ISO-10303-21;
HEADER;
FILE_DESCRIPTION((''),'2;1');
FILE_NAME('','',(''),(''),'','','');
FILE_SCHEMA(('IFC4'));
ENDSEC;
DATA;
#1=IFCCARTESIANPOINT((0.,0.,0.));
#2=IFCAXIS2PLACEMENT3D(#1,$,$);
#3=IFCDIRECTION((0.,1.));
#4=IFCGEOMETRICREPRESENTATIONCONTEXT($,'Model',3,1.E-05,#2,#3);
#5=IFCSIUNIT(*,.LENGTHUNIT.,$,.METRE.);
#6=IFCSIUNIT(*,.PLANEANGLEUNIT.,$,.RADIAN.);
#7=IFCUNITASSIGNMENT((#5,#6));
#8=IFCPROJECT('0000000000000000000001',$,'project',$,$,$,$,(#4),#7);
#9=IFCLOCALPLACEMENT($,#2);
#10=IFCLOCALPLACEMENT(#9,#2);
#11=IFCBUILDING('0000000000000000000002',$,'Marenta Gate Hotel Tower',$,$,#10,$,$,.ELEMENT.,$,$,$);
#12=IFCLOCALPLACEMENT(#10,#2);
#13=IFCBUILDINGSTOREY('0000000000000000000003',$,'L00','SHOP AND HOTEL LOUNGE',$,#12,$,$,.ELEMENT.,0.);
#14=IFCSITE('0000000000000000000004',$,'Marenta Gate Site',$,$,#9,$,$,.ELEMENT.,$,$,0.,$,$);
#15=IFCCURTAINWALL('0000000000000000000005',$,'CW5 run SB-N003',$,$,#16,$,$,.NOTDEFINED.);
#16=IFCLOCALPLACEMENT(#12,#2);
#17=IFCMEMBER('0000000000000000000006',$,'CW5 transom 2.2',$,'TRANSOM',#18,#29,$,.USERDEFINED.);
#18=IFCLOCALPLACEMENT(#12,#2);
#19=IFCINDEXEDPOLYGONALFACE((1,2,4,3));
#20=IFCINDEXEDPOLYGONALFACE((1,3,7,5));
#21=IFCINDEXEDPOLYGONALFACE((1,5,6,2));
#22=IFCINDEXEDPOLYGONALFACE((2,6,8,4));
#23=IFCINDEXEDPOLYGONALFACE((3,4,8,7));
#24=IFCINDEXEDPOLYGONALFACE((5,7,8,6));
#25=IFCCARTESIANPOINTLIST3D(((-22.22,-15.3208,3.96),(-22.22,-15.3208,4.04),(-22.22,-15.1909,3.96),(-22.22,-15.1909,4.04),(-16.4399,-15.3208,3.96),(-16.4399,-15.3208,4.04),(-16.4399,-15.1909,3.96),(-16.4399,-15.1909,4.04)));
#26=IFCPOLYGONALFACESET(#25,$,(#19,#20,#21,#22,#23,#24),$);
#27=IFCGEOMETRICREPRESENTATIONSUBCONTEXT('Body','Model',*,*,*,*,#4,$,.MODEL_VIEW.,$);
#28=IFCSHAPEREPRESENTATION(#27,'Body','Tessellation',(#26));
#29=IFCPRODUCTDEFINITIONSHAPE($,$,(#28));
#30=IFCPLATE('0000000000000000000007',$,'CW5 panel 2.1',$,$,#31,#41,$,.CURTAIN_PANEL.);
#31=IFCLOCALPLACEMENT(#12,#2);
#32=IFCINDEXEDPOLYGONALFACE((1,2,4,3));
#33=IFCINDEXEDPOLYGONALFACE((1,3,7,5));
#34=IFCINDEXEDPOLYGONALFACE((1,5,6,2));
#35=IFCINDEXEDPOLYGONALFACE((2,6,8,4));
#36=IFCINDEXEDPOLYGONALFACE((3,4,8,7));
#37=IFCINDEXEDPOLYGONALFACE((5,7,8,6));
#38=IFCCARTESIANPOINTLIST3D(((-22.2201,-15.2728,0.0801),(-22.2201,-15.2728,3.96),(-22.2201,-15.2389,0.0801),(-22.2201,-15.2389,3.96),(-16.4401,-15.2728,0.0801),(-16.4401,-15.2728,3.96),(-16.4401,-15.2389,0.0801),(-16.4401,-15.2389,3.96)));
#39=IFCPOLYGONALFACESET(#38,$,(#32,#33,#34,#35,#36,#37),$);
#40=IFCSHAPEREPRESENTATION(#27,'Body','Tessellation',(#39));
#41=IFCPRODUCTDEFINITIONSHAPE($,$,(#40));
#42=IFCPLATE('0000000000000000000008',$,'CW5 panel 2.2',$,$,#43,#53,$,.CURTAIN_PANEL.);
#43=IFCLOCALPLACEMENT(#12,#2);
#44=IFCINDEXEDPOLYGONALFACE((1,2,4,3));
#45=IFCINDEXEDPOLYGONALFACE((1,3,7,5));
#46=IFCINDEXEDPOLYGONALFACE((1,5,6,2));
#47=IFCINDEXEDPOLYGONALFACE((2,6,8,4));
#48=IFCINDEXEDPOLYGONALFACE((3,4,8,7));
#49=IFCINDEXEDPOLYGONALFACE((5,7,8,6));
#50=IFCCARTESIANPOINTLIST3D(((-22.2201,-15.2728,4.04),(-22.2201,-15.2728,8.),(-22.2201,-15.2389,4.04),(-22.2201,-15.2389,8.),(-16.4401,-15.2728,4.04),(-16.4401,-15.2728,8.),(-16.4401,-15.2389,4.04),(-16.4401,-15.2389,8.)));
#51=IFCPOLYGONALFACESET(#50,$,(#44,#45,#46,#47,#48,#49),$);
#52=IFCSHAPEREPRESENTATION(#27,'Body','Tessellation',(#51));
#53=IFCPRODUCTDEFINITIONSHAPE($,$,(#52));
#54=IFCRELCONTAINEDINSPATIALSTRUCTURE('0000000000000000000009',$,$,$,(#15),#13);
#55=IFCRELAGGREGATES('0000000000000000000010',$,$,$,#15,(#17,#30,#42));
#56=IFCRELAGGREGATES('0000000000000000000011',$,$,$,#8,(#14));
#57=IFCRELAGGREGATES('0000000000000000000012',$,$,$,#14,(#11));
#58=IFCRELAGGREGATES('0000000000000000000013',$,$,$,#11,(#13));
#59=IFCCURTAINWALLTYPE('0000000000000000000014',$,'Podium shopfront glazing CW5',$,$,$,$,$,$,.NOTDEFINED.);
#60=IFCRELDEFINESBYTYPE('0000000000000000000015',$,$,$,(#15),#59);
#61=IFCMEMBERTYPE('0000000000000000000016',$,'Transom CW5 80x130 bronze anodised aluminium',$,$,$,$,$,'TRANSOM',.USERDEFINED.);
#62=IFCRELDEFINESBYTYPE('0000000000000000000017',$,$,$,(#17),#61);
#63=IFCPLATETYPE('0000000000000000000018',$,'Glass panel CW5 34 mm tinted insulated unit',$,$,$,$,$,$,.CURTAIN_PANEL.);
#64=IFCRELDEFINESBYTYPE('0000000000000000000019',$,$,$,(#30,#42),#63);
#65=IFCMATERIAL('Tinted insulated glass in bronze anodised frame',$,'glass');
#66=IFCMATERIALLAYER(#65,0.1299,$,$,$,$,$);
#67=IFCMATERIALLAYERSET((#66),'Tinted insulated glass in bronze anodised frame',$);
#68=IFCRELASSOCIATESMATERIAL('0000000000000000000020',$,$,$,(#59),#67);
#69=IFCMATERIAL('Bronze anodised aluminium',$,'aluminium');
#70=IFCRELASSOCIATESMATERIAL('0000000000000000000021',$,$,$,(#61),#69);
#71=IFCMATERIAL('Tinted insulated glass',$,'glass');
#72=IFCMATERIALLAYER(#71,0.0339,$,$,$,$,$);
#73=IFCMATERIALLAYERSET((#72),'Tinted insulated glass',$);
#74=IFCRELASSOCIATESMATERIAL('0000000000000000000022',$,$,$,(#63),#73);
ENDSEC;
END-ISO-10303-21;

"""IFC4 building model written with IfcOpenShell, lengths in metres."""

from ifc_helpers import new_model, si_unit, direction, frame, origin, origin_2d, place, context, subcontext, project, spatial, rectangle, extrude, material, layer, layer_set, material_profile, profile_set, type_object, element, aggregate, save


model = new_model("IFC4")

# Units and contexts
model_context = context("Model", 3, precision=1e-05, world=origin(), true_north=direction((0.0, 1.0)))
body_context = subcontext(model_context, "Body", "Model", "MODEL_VIEW")
ifc_project = project(units=[si_unit("LENGTHUNIT", "METRE"), si_unit("PLANEANGLEUNIT", "RADIAN")], contexts=[model_context])

# Site, building, storey
site_placement = place(None, origin())
site = spatial("IfcSite", under=ifc_project, at=site_placement, Name="Marenta Gate Site", CompositionType="ELEMENT", RefElevation=0.0)
building_placement = place(site_placement, origin())
building = spatial("IfcBuilding", under=site, at=building_placement, Name="Marenta Gate Hotel Tower", CompositionType="ELEMENT")
storey_placement = place(building_placement, origin())
storey = spatial("IfcBuildingStorey", under=building, at=storey_placement, Name="L00", Description="SHOP AND HOTEL LOUNGE", CompositionType="ELEMENT", Elevation=0.0)

# Curtain wall, member, plates
ifc_material_1 = material(Name="Tinted insulated glass in bronze anodised frame", Category="glass")
ifc_layer_1 = layer(ifc_material_1, 0.1299)
ifc_layer_set_1 = layer_set([ifc_layer_1], Name="Tinted insulated glass in bronze anodised frame")
curtain_wall_type = type_object("IfcCurtainWallType", Name="Podium shopfront glazing CW5", PredefinedType="NOTDEFINED", material=ifc_layer_set_1)
curtain_wall_placement = place(storey_placement, origin())
curtain_wall = element("IfcCurtainWall", 1, at=curtain_wall_placement, inside=storey, type_object=curtain_wall_type, Name="CW5 run SB-N003", PredefinedType="NOTDEFINED")
ifc_material_2 = material(Name="Bronze anodised aluminium", Category="aluminium")
ifc_material_profile_1 = material_profile(ifc_material_2, rectangle(XDim=0.1299, YDim=0.0801, at=origin_2d()), Name="Transom CW5 80x130 bronze anodised aluminium")
ifc_profile_set_1 = profile_set([ifc_material_profile_1], Name="Bronze anodised aluminium")
member_type_1 = type_object("IfcMemberType", Name="Transom CW5 80x130 bronze anodised aluminium", ElementType="TRANSOM", PredefinedType="USERDEFINED", material=ifc_profile_set_1)
member_1_placement = place(storey_placement, frame((-16.4399, -15.2559, 4.0), z_axis=(-1.0, 0.0, 0.0), x_axis=(0.0, -1.0, 0.0)))
member_1 = element("IfcMember", 2, at=member_1_placement, type_object=member_type_1, Name="CW5 transom 2.2", ObjectType="TRANSOM", PredefinedType="USERDEFINED", context=body_context, shape_type="SweptSolid", body=[
    extrude(rectangle(XDim=0.1299, YDim=0.0801, at=origin_2d()), origin(), (0.0, 0.0, 1.0), 5.78),
])
ifc_material_3 = material(Name="Tinted insulated glass", Category="glass")
ifc_layer_2 = layer(ifc_material_3, 0.0339)
ifc_layer_set_2 = layer_set([ifc_layer_2], Name="Tinted insulated glass")
plate_type = type_object("IfcPlateType", Name="Glass panel CW5 34 mm tinted insulated unit", PredefinedType="CURTAIN_PANEL", material=ifc_layer_set_2)
plate_1_placement = place(storey_placement, frame((-19.3301, -15.2559, 0.0801), z_axis=(0.0, 0.0, 1.0), x_axis=(-1.0, 0.0, 0.0)))
plate_1 = element("IfcPlate", 3, at=plate_1_placement, type_object=plate_type, Name="CW5 panel 2.1", PredefinedType="CURTAIN_PANEL", context=body_context, shape_type="SweptSolid", body=[
    extrude(rectangle(XDim=5.78, YDim=0.0339, at=origin_2d()), origin(), (0.0, 0.0, 1.0), 3.8799),
])
plate_2_placement = place(storey_placement, frame((-19.3301, -15.2559, 4.04), z_axis=(0.0, 0.0, 1.0), x_axis=(-1.0, 0.0, 0.0)))
plate_2 = element("IfcPlate", 4, at=plate_2_placement, type_object=plate_type, Name="CW5 panel 2.2", PredefinedType="CURTAIN_PANEL", context=body_context, shape_type="SweptSolid", body=[
    extrude(rectangle(XDim=5.78, YDim=0.0339, at=origin_2d()), origin(), (0.0, 0.0, 1.0), 3.96),
])
aggregate(curtain_wall, [member_1, plate_1, plate_2])

save(model, "model.ifc")
